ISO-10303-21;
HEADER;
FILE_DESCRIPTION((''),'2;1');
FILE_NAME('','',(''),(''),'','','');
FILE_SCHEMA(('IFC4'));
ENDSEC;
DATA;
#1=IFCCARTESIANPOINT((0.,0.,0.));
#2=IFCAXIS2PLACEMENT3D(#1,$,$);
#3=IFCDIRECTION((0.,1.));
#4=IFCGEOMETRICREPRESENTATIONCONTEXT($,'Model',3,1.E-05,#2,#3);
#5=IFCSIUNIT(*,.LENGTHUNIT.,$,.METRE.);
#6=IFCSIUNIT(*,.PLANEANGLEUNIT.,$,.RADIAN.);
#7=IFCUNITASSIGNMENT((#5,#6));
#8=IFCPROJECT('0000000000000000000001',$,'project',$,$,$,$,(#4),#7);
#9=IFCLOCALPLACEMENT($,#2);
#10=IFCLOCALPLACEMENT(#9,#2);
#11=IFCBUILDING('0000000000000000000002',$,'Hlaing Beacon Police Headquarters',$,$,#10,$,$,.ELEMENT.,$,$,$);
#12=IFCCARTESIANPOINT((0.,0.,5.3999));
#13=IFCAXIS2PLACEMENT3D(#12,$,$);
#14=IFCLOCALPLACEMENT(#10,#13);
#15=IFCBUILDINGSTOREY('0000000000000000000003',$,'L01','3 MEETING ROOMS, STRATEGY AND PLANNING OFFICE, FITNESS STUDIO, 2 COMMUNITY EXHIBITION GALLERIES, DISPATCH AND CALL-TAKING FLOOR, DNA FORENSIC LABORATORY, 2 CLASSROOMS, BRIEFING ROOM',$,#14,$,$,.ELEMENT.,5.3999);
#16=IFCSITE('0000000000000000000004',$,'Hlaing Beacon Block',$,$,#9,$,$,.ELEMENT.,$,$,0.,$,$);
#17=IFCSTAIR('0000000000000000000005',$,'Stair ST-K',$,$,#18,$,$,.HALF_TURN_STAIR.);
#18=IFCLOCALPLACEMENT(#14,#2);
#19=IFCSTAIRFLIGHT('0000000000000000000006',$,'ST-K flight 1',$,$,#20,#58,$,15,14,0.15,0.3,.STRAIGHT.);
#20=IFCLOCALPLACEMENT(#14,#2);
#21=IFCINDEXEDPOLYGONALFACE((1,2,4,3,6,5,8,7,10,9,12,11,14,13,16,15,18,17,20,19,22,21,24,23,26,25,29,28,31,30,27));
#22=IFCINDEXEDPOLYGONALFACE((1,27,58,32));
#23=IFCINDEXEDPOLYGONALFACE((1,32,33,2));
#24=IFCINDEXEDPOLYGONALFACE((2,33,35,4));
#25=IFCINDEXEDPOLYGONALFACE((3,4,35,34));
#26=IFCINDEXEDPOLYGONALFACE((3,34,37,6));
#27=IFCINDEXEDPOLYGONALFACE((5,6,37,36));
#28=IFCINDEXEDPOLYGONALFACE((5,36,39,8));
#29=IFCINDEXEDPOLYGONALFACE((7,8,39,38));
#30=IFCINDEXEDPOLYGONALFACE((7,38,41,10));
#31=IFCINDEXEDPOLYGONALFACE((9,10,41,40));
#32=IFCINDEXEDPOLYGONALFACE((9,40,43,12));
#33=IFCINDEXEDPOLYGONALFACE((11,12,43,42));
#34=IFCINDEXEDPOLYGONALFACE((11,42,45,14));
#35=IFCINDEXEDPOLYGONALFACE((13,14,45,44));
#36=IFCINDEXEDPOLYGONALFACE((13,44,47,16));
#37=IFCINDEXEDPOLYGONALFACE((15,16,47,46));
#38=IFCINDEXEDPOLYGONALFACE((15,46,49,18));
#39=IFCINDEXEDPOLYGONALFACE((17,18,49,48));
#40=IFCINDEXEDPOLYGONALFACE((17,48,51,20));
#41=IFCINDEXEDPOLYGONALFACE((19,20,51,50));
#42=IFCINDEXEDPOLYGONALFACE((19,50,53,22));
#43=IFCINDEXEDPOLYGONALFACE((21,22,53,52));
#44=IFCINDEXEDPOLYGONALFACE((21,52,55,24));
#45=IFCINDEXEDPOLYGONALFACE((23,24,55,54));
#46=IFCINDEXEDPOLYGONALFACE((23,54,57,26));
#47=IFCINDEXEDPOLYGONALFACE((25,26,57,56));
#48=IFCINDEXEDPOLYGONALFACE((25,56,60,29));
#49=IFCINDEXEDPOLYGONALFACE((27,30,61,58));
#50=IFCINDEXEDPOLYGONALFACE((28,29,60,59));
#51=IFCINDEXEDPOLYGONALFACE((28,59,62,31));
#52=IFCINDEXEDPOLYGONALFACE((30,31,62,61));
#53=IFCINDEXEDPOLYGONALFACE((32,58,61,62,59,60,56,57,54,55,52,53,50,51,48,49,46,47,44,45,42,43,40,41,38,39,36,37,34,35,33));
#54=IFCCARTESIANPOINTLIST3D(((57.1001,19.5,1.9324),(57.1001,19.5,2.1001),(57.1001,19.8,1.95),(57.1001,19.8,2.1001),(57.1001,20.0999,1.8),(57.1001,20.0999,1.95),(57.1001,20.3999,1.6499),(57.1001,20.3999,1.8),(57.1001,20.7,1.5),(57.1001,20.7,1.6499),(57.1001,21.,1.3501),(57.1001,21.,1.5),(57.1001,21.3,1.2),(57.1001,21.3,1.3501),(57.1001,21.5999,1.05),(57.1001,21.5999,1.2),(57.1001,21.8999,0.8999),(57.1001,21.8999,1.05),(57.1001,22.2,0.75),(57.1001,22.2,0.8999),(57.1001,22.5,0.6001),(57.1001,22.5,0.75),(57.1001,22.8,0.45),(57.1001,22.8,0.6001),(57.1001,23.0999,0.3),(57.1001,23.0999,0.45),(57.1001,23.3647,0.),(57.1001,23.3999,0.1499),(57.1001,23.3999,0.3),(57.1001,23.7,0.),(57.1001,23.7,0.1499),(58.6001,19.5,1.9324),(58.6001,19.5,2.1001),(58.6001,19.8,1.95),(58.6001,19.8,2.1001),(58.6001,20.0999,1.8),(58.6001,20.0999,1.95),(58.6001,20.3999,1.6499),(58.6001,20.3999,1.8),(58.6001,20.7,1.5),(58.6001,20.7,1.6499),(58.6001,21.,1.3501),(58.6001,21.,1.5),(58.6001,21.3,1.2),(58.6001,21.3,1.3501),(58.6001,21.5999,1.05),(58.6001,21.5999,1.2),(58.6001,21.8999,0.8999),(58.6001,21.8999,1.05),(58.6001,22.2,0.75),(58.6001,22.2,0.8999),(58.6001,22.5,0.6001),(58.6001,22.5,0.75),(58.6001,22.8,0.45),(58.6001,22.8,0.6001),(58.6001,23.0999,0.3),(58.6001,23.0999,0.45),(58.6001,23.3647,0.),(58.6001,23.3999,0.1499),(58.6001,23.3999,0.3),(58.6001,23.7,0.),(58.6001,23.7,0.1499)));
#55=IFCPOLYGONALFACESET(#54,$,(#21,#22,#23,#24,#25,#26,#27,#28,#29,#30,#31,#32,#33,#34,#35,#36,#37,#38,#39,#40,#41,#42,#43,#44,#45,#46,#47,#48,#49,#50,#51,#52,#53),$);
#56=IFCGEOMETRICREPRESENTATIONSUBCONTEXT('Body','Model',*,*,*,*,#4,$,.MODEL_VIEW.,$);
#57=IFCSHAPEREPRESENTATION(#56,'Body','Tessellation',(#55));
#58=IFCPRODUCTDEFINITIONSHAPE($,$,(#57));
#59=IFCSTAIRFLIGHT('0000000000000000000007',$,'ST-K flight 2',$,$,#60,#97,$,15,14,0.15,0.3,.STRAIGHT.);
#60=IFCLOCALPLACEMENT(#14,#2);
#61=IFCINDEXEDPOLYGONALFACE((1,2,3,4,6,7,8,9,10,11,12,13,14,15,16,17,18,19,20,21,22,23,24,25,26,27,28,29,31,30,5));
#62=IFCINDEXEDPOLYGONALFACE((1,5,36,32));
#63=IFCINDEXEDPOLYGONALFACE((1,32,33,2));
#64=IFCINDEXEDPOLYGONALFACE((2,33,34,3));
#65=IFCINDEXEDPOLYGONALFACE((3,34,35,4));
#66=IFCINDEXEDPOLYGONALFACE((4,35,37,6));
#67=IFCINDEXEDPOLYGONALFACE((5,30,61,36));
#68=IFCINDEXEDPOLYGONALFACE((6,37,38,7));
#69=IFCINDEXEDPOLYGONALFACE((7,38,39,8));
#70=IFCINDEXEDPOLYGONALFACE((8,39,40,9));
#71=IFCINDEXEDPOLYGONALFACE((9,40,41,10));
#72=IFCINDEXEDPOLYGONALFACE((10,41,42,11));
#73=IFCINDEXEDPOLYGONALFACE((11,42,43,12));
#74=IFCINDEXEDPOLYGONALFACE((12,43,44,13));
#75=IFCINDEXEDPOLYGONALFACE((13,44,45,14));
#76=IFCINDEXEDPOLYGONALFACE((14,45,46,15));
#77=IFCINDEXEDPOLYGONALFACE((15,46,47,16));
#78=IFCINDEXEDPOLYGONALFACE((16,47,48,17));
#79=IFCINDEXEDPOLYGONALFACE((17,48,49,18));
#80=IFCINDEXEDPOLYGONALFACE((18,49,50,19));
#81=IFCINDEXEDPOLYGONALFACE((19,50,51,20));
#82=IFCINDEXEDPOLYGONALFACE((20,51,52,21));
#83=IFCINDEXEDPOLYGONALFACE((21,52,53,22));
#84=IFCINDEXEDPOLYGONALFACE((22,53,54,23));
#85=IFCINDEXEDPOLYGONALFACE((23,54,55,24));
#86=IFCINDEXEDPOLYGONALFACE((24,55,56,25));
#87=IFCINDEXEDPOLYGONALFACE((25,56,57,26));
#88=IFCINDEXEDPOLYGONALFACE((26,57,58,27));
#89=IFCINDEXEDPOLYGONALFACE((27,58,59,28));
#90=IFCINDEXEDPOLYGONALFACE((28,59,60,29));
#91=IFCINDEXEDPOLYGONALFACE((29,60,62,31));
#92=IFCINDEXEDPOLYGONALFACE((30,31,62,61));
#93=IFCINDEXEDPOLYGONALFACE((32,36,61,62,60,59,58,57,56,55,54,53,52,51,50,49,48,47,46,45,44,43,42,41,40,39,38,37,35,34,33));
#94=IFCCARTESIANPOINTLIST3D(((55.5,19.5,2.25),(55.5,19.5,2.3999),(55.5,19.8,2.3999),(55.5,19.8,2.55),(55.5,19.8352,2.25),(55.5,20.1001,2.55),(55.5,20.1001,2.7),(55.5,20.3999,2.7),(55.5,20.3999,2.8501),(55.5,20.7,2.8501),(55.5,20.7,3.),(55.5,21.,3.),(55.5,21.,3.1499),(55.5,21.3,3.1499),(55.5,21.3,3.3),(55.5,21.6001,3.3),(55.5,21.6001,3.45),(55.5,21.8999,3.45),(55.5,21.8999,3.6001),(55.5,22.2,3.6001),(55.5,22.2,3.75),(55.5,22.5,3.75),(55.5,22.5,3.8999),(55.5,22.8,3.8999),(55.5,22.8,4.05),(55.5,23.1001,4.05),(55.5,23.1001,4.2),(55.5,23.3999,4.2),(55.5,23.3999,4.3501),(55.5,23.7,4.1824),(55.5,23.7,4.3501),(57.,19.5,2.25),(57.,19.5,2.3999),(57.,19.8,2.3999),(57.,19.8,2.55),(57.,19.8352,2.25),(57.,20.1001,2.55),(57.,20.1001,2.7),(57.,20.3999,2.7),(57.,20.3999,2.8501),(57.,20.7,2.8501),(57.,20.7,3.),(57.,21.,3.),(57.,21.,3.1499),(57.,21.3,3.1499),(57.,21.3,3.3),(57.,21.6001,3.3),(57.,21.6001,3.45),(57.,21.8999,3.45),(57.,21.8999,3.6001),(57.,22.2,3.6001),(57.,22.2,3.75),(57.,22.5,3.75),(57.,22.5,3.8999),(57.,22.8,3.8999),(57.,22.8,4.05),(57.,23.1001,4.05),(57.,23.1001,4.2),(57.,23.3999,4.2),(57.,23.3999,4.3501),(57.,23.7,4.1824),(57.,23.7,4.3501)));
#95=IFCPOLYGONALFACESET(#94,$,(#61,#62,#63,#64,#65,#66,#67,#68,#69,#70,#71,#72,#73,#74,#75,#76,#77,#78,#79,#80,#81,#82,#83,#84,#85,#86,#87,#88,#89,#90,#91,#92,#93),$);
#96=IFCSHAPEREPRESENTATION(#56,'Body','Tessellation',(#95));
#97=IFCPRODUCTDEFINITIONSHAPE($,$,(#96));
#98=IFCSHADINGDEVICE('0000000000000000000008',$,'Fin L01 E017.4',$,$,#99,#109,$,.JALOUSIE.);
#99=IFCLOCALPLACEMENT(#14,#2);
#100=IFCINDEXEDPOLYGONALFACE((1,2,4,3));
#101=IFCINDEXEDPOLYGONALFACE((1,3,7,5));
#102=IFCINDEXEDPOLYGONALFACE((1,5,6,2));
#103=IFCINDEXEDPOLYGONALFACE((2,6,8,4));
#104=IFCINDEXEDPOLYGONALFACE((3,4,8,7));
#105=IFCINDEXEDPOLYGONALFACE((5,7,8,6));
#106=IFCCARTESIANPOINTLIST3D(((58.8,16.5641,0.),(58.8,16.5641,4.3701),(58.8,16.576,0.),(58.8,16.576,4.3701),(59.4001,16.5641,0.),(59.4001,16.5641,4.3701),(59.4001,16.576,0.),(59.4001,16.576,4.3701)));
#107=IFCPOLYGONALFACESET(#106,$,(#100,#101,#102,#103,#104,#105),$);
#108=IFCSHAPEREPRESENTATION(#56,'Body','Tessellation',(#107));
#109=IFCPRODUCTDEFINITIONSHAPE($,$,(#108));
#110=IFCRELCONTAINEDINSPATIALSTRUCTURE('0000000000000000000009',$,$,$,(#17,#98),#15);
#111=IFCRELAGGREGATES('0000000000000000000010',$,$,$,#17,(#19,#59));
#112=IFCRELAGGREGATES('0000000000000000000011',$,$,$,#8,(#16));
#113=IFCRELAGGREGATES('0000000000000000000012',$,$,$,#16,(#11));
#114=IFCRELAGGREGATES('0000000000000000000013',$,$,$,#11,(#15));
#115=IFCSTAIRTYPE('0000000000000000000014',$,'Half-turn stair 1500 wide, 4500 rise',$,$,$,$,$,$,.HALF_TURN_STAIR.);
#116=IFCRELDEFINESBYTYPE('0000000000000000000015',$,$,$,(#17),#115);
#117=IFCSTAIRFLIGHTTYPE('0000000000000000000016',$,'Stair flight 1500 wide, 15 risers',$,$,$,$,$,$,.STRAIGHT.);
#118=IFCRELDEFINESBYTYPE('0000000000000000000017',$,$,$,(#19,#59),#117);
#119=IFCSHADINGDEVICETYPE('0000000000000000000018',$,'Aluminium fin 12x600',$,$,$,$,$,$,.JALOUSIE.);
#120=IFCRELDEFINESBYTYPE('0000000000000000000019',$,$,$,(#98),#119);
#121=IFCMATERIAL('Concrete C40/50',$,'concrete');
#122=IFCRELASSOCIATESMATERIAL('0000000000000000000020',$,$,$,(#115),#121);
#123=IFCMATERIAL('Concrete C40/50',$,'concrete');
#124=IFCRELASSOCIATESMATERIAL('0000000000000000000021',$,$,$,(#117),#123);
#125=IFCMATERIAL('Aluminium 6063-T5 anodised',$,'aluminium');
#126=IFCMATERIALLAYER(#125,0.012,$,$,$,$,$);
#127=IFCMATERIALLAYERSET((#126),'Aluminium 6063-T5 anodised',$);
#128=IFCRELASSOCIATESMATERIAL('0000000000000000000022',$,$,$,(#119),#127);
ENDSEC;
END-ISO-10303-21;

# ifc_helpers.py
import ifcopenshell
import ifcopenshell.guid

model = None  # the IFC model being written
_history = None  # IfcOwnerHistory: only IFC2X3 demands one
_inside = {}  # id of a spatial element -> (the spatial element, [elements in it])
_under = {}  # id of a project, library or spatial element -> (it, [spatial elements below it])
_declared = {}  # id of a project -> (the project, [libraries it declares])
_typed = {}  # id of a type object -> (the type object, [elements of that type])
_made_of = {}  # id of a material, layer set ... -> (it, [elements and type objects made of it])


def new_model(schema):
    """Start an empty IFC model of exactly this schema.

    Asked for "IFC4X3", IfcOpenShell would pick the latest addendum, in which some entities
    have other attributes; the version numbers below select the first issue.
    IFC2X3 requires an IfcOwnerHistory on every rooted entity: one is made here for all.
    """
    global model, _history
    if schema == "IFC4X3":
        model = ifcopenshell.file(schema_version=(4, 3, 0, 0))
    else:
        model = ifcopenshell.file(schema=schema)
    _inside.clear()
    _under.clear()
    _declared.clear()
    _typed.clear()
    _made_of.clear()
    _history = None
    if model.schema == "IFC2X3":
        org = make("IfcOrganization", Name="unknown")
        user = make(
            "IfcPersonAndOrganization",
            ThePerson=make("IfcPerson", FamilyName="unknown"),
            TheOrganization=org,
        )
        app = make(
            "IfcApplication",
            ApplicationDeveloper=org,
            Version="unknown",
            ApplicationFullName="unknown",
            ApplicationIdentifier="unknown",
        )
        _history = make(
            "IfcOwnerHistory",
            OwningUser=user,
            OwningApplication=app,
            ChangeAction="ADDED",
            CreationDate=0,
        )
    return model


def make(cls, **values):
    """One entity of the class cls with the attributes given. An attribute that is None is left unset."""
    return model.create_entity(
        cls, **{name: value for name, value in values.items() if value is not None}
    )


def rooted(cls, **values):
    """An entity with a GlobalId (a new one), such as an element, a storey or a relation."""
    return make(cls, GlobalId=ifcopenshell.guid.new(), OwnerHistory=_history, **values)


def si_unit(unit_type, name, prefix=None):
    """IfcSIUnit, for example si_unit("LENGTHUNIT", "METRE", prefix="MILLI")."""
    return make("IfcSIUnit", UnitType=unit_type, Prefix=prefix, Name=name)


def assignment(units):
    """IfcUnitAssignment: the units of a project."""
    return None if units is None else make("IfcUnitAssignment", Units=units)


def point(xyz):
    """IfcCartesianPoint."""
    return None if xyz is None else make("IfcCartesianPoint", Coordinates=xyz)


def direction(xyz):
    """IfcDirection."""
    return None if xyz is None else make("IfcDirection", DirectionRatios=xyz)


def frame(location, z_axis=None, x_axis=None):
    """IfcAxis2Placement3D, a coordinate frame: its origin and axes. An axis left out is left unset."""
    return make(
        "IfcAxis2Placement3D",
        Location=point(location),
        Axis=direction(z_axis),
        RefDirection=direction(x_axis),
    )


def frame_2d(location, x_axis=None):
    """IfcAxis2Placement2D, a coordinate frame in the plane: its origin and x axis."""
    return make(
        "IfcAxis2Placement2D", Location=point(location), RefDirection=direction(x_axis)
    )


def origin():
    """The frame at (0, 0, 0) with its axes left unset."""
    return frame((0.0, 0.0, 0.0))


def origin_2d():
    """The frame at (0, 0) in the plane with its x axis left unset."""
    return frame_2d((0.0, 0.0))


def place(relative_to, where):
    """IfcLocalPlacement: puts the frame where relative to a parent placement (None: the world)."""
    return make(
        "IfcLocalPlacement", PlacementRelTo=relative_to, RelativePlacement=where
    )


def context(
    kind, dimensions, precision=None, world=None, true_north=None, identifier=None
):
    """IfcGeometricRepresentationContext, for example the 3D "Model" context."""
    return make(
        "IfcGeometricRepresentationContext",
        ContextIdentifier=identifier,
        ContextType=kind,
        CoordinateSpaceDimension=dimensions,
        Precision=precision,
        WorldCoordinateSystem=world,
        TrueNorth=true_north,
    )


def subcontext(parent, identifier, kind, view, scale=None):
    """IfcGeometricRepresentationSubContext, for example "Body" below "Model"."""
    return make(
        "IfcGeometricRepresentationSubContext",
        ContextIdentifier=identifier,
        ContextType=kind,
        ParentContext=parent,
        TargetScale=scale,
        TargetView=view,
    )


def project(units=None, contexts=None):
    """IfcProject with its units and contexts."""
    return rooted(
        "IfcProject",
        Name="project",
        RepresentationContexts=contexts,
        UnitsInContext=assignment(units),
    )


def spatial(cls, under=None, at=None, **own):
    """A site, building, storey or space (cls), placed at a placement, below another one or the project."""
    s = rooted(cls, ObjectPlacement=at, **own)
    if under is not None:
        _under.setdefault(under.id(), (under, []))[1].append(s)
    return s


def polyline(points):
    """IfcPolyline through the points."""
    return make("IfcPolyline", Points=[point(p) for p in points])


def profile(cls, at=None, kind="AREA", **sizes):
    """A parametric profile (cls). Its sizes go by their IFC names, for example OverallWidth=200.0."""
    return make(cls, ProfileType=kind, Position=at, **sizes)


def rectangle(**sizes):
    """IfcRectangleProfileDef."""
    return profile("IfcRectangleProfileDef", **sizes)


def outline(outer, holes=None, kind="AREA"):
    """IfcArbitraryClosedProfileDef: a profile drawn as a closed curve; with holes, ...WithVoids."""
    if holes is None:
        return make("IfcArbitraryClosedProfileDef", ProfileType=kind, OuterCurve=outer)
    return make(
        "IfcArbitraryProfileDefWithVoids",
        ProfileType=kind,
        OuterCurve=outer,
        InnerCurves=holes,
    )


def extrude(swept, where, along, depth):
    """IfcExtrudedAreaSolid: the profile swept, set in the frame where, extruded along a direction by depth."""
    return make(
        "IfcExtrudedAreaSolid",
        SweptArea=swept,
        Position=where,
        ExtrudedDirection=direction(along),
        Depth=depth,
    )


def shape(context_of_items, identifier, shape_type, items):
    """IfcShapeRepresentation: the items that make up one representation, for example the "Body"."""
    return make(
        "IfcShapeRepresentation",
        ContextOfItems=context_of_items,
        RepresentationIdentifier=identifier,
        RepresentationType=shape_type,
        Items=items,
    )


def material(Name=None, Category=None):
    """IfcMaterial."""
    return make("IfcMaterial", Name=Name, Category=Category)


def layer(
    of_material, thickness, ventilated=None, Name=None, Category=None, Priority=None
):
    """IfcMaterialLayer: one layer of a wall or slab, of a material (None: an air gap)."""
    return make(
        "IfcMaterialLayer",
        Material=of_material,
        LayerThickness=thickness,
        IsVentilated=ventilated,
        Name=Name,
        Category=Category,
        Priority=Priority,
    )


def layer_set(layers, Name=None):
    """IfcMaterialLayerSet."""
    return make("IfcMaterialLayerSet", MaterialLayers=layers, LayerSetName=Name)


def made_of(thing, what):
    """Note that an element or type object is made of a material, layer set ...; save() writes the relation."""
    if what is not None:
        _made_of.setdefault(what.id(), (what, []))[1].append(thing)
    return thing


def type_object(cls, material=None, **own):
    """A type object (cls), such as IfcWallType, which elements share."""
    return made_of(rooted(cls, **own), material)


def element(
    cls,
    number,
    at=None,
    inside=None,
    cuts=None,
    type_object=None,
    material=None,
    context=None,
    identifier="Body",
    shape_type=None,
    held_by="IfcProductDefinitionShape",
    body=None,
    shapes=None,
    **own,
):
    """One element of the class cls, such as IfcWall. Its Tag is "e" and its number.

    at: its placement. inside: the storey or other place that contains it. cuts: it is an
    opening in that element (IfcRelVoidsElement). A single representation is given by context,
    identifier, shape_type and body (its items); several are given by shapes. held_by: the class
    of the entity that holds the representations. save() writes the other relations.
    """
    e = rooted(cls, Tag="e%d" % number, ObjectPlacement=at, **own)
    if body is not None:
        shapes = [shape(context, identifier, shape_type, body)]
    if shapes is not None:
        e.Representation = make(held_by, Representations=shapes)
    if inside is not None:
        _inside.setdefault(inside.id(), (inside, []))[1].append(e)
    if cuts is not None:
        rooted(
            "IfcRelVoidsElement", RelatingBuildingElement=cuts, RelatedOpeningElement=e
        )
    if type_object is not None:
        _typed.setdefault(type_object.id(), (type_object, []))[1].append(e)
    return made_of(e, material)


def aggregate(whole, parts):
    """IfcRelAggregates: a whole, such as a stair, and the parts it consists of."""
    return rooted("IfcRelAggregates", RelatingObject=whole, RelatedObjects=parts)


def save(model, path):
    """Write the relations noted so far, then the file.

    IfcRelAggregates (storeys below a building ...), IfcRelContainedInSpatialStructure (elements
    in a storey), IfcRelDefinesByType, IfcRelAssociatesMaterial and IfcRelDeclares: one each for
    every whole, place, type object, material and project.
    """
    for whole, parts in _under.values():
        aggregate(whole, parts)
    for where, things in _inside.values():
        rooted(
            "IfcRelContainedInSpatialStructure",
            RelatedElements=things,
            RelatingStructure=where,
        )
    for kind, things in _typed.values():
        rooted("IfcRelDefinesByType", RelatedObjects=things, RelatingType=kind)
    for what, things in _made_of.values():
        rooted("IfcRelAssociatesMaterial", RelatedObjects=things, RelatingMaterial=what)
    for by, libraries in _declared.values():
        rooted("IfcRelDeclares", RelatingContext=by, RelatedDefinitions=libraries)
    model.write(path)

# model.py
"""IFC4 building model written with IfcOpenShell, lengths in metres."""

from ifc_helpers import new_model, si_unit, direction, frame, origin, origin_2d, place, context, subcontext, project, spatial, polyline, rectangle, outline, extrude, material, layer, layer_set, type_object, element, aggregate, save


model = new_model("IFC4")

# Units and contexts
model_context = context("Model", 3, precision=1e-05, world=origin(), true_north=direction((0.0, 1.0)))
body_context = subcontext(model_context, "Body", "Model", "MODEL_VIEW")
ifc_project = project(units=[si_unit("LENGTHUNIT", "METRE"), si_unit("PLANEANGLEUNIT", "RADIAN")], contexts=[model_context])

# Site, building, storey
site_placement = place(None, origin())
site = spatial("IfcSite", under=ifc_project, at=site_placement, Name="Hlaing Beacon Block", CompositionType="ELEMENT", RefElevation=0.0)
building_placement = place(site_placement, origin())
building = spatial("IfcBuilding", under=site, at=building_placement, Name="Hlaing Beacon Police Headquarters", CompositionType="ELEMENT")
storey_placement = place(building_placement, frame((0.0, 0.0, 5.3999)))
storey = spatial("IfcBuildingStorey", under=building, at=storey_placement, Name="L01", Description="3 MEETING ROOMS, STRATEGY AND PLANNING OFFICE, FITNESS STUDIO, 2 COMMUNITY EXHIBITION GALLERIES, DISPATCH AND CALL-TAKING FLOOR, DNA FORENSIC LABORATORY, 2 CLASSROOMS, BRIEFING ROOM", CompositionType="ELEMENT", Elevation=5.3999)

# Stair, stair flights
ifc_material_1 = material(Name="Concrete C40/50", Category="concrete")
stair_type = type_object("IfcStairType", Name="Half-turn stair 1500 wide, 4500 rise", PredefinedType="HALF_TURN_STAIR", material=ifc_material_1)
stair_placement = place(storey_placement, origin())
stair = element("IfcStair", 1, at=stair_placement, inside=storey, type_object=stair_type, Name="Stair ST-K", PredefinedType="HALF_TURN_STAIR")
ifc_material_2 = material(Name="Concrete C40/50", Category="concrete")
stair_flight_type = type_object("IfcStairFlightType", Name="Stair flight 1500 wide, 15 risers", PredefinedType="STRAIGHT", material=ifc_material_2)
stair_flight_1_placement = place(storey_placement, frame((57.8501, 23.7, 0.0), z_axis=(0.0, 0.0, 1.0), x_axis=(0.0, -1.0, 0.0)))
stair_flight_1 = element("IfcStairFlight", 2, at=stair_flight_1_placement, type_object=stair_flight_type, Name="ST-K flight 1", NumberOfRisers=15, NumberOfTreads=14, PredefinedType="STRAIGHT", RiserHeight=0.15, TreadLength=0.3, context=body_context, shape_type="SweptSolid", body=[
    extrude(outline(polyline([(0.0, 0.0), (0.0, 0.1499), (0.3, 0.1499), (0.3, 0.3), (0.6001, 0.3), (0.6001, 0.45), (0.8999, 0.45), (0.8999, 0.6001), (1.2, 0.6001), (1.2, 0.75), (1.5, 0.75), (1.5, 0.8999), (1.8, 0.8999), (1.8, 1.05), (2.1001, 1.05), (2.1001, 1.2), (2.3999, 1.2), (2.3999, 1.3501), (2.7, 1.3501), (2.7, 1.5), (3.0, 1.5), (3.0, 1.6499), (3.3, 1.6499), (3.3, 1.8), (3.6001, 1.8), (3.6001, 1.95), (3.8999, 1.95), (3.8999, 2.1001), (4.2, 2.1001), (4.2, 2.25), (4.2, 1.9324), (0.3352, 0.0), (0.0, 0.0)])), frame((0.0, 0.75, 0.0), z_axis=(0.0, -1.0, 0.0), x_axis=(1.0, 0.0, 0.0)), (0.0, 0.0, 1.0), 1.5),
])
stair_flight_2_placement = place(storey_placement, frame((56.25, 19.5, 2.25), z_axis=(0.0, 0.0, 1.0), x_axis=(0.0, 1.0, 0.0)))
stair_flight_2 = element("IfcStairFlight", 3, at=stair_flight_2_placement, type_object=stair_flight_type, Name="ST-K flight 2", NumberOfRisers=15, NumberOfTreads=14, PredefinedType="STRAIGHT", RiserHeight=0.15, TreadLength=0.3, context=body_context, shape_type="SweptSolid", body=[
    extrude(outline(polyline([(0.0, 0.0), (0.0, 0.1499), (0.3, 0.1499), (0.3, 0.3), (0.6001, 0.3), (0.6001, 0.45), (0.8999, 0.45), (0.8999, 0.6001), (1.2, 0.6001), (1.2, 0.75), (1.5, 0.75), (1.5, 0.8999), (1.8, 0.8999), (1.8, 1.05), (2.1001, 1.05), (2.1001, 1.2), (2.3999, 1.2), (2.3999, 1.3501), (2.7, 1.3501), (2.7, 1.5), (3.0, 1.5), (3.0, 1.6499), (3.3, 1.6499), (3.3, 1.8), (3.6001, 1.8), (3.6001, 1.95), (3.8999, 1.95), (3.8999, 2.1001), (4.2, 2.1001), (4.2, 2.25), (4.2, 1.9324), (0.3352, 0.0), (0.0, 0.0)])), frame((0.0, 0.75, 0.0), z_axis=(0.0, -1.0, 0.0), x_axis=(1.0, 0.0, 0.0)), (0.0, 0.0, 1.0), 1.5),
])
aggregate(stair, [stair_flight_1, stair_flight_2])

# Shading device
ifc_material_3 = material(Name="Aluminium 6063-T5 anodised", Category="aluminium")
ifc_layer_1 = layer(ifc_material_3, 0.012)
ifc_layer_set_1 = layer_set([ifc_layer_1], Name="Aluminium 6063-T5 anodised")
shading_device_type = type_object("IfcShadingDeviceType", Name="Aluminium fin 12x600", PredefinedType="JALOUSIE", material=ifc_layer_set_1)
shading_device_placement = place(storey_placement, frame((59.1001, 16.5701, 0.0), z_axis=(0.0, 0.0, 1.0), x_axis=(0.0, 1.0, 0.0)))
element("IfcShadingDevice", 4, at=shading_device_placement, inside=storey, type_object=shading_device_type, Name="Fin L01 E017.4", PredefinedType="JALOUSIE", context=body_context, shape_type="SweptSolid", body=[
    extrude(rectangle(XDim=0.012, YDim=0.6001, at=origin_2d()), origin(), (0.0, 0.0, 1.0), 4.3701),
])

save(model, "model.ifc")
